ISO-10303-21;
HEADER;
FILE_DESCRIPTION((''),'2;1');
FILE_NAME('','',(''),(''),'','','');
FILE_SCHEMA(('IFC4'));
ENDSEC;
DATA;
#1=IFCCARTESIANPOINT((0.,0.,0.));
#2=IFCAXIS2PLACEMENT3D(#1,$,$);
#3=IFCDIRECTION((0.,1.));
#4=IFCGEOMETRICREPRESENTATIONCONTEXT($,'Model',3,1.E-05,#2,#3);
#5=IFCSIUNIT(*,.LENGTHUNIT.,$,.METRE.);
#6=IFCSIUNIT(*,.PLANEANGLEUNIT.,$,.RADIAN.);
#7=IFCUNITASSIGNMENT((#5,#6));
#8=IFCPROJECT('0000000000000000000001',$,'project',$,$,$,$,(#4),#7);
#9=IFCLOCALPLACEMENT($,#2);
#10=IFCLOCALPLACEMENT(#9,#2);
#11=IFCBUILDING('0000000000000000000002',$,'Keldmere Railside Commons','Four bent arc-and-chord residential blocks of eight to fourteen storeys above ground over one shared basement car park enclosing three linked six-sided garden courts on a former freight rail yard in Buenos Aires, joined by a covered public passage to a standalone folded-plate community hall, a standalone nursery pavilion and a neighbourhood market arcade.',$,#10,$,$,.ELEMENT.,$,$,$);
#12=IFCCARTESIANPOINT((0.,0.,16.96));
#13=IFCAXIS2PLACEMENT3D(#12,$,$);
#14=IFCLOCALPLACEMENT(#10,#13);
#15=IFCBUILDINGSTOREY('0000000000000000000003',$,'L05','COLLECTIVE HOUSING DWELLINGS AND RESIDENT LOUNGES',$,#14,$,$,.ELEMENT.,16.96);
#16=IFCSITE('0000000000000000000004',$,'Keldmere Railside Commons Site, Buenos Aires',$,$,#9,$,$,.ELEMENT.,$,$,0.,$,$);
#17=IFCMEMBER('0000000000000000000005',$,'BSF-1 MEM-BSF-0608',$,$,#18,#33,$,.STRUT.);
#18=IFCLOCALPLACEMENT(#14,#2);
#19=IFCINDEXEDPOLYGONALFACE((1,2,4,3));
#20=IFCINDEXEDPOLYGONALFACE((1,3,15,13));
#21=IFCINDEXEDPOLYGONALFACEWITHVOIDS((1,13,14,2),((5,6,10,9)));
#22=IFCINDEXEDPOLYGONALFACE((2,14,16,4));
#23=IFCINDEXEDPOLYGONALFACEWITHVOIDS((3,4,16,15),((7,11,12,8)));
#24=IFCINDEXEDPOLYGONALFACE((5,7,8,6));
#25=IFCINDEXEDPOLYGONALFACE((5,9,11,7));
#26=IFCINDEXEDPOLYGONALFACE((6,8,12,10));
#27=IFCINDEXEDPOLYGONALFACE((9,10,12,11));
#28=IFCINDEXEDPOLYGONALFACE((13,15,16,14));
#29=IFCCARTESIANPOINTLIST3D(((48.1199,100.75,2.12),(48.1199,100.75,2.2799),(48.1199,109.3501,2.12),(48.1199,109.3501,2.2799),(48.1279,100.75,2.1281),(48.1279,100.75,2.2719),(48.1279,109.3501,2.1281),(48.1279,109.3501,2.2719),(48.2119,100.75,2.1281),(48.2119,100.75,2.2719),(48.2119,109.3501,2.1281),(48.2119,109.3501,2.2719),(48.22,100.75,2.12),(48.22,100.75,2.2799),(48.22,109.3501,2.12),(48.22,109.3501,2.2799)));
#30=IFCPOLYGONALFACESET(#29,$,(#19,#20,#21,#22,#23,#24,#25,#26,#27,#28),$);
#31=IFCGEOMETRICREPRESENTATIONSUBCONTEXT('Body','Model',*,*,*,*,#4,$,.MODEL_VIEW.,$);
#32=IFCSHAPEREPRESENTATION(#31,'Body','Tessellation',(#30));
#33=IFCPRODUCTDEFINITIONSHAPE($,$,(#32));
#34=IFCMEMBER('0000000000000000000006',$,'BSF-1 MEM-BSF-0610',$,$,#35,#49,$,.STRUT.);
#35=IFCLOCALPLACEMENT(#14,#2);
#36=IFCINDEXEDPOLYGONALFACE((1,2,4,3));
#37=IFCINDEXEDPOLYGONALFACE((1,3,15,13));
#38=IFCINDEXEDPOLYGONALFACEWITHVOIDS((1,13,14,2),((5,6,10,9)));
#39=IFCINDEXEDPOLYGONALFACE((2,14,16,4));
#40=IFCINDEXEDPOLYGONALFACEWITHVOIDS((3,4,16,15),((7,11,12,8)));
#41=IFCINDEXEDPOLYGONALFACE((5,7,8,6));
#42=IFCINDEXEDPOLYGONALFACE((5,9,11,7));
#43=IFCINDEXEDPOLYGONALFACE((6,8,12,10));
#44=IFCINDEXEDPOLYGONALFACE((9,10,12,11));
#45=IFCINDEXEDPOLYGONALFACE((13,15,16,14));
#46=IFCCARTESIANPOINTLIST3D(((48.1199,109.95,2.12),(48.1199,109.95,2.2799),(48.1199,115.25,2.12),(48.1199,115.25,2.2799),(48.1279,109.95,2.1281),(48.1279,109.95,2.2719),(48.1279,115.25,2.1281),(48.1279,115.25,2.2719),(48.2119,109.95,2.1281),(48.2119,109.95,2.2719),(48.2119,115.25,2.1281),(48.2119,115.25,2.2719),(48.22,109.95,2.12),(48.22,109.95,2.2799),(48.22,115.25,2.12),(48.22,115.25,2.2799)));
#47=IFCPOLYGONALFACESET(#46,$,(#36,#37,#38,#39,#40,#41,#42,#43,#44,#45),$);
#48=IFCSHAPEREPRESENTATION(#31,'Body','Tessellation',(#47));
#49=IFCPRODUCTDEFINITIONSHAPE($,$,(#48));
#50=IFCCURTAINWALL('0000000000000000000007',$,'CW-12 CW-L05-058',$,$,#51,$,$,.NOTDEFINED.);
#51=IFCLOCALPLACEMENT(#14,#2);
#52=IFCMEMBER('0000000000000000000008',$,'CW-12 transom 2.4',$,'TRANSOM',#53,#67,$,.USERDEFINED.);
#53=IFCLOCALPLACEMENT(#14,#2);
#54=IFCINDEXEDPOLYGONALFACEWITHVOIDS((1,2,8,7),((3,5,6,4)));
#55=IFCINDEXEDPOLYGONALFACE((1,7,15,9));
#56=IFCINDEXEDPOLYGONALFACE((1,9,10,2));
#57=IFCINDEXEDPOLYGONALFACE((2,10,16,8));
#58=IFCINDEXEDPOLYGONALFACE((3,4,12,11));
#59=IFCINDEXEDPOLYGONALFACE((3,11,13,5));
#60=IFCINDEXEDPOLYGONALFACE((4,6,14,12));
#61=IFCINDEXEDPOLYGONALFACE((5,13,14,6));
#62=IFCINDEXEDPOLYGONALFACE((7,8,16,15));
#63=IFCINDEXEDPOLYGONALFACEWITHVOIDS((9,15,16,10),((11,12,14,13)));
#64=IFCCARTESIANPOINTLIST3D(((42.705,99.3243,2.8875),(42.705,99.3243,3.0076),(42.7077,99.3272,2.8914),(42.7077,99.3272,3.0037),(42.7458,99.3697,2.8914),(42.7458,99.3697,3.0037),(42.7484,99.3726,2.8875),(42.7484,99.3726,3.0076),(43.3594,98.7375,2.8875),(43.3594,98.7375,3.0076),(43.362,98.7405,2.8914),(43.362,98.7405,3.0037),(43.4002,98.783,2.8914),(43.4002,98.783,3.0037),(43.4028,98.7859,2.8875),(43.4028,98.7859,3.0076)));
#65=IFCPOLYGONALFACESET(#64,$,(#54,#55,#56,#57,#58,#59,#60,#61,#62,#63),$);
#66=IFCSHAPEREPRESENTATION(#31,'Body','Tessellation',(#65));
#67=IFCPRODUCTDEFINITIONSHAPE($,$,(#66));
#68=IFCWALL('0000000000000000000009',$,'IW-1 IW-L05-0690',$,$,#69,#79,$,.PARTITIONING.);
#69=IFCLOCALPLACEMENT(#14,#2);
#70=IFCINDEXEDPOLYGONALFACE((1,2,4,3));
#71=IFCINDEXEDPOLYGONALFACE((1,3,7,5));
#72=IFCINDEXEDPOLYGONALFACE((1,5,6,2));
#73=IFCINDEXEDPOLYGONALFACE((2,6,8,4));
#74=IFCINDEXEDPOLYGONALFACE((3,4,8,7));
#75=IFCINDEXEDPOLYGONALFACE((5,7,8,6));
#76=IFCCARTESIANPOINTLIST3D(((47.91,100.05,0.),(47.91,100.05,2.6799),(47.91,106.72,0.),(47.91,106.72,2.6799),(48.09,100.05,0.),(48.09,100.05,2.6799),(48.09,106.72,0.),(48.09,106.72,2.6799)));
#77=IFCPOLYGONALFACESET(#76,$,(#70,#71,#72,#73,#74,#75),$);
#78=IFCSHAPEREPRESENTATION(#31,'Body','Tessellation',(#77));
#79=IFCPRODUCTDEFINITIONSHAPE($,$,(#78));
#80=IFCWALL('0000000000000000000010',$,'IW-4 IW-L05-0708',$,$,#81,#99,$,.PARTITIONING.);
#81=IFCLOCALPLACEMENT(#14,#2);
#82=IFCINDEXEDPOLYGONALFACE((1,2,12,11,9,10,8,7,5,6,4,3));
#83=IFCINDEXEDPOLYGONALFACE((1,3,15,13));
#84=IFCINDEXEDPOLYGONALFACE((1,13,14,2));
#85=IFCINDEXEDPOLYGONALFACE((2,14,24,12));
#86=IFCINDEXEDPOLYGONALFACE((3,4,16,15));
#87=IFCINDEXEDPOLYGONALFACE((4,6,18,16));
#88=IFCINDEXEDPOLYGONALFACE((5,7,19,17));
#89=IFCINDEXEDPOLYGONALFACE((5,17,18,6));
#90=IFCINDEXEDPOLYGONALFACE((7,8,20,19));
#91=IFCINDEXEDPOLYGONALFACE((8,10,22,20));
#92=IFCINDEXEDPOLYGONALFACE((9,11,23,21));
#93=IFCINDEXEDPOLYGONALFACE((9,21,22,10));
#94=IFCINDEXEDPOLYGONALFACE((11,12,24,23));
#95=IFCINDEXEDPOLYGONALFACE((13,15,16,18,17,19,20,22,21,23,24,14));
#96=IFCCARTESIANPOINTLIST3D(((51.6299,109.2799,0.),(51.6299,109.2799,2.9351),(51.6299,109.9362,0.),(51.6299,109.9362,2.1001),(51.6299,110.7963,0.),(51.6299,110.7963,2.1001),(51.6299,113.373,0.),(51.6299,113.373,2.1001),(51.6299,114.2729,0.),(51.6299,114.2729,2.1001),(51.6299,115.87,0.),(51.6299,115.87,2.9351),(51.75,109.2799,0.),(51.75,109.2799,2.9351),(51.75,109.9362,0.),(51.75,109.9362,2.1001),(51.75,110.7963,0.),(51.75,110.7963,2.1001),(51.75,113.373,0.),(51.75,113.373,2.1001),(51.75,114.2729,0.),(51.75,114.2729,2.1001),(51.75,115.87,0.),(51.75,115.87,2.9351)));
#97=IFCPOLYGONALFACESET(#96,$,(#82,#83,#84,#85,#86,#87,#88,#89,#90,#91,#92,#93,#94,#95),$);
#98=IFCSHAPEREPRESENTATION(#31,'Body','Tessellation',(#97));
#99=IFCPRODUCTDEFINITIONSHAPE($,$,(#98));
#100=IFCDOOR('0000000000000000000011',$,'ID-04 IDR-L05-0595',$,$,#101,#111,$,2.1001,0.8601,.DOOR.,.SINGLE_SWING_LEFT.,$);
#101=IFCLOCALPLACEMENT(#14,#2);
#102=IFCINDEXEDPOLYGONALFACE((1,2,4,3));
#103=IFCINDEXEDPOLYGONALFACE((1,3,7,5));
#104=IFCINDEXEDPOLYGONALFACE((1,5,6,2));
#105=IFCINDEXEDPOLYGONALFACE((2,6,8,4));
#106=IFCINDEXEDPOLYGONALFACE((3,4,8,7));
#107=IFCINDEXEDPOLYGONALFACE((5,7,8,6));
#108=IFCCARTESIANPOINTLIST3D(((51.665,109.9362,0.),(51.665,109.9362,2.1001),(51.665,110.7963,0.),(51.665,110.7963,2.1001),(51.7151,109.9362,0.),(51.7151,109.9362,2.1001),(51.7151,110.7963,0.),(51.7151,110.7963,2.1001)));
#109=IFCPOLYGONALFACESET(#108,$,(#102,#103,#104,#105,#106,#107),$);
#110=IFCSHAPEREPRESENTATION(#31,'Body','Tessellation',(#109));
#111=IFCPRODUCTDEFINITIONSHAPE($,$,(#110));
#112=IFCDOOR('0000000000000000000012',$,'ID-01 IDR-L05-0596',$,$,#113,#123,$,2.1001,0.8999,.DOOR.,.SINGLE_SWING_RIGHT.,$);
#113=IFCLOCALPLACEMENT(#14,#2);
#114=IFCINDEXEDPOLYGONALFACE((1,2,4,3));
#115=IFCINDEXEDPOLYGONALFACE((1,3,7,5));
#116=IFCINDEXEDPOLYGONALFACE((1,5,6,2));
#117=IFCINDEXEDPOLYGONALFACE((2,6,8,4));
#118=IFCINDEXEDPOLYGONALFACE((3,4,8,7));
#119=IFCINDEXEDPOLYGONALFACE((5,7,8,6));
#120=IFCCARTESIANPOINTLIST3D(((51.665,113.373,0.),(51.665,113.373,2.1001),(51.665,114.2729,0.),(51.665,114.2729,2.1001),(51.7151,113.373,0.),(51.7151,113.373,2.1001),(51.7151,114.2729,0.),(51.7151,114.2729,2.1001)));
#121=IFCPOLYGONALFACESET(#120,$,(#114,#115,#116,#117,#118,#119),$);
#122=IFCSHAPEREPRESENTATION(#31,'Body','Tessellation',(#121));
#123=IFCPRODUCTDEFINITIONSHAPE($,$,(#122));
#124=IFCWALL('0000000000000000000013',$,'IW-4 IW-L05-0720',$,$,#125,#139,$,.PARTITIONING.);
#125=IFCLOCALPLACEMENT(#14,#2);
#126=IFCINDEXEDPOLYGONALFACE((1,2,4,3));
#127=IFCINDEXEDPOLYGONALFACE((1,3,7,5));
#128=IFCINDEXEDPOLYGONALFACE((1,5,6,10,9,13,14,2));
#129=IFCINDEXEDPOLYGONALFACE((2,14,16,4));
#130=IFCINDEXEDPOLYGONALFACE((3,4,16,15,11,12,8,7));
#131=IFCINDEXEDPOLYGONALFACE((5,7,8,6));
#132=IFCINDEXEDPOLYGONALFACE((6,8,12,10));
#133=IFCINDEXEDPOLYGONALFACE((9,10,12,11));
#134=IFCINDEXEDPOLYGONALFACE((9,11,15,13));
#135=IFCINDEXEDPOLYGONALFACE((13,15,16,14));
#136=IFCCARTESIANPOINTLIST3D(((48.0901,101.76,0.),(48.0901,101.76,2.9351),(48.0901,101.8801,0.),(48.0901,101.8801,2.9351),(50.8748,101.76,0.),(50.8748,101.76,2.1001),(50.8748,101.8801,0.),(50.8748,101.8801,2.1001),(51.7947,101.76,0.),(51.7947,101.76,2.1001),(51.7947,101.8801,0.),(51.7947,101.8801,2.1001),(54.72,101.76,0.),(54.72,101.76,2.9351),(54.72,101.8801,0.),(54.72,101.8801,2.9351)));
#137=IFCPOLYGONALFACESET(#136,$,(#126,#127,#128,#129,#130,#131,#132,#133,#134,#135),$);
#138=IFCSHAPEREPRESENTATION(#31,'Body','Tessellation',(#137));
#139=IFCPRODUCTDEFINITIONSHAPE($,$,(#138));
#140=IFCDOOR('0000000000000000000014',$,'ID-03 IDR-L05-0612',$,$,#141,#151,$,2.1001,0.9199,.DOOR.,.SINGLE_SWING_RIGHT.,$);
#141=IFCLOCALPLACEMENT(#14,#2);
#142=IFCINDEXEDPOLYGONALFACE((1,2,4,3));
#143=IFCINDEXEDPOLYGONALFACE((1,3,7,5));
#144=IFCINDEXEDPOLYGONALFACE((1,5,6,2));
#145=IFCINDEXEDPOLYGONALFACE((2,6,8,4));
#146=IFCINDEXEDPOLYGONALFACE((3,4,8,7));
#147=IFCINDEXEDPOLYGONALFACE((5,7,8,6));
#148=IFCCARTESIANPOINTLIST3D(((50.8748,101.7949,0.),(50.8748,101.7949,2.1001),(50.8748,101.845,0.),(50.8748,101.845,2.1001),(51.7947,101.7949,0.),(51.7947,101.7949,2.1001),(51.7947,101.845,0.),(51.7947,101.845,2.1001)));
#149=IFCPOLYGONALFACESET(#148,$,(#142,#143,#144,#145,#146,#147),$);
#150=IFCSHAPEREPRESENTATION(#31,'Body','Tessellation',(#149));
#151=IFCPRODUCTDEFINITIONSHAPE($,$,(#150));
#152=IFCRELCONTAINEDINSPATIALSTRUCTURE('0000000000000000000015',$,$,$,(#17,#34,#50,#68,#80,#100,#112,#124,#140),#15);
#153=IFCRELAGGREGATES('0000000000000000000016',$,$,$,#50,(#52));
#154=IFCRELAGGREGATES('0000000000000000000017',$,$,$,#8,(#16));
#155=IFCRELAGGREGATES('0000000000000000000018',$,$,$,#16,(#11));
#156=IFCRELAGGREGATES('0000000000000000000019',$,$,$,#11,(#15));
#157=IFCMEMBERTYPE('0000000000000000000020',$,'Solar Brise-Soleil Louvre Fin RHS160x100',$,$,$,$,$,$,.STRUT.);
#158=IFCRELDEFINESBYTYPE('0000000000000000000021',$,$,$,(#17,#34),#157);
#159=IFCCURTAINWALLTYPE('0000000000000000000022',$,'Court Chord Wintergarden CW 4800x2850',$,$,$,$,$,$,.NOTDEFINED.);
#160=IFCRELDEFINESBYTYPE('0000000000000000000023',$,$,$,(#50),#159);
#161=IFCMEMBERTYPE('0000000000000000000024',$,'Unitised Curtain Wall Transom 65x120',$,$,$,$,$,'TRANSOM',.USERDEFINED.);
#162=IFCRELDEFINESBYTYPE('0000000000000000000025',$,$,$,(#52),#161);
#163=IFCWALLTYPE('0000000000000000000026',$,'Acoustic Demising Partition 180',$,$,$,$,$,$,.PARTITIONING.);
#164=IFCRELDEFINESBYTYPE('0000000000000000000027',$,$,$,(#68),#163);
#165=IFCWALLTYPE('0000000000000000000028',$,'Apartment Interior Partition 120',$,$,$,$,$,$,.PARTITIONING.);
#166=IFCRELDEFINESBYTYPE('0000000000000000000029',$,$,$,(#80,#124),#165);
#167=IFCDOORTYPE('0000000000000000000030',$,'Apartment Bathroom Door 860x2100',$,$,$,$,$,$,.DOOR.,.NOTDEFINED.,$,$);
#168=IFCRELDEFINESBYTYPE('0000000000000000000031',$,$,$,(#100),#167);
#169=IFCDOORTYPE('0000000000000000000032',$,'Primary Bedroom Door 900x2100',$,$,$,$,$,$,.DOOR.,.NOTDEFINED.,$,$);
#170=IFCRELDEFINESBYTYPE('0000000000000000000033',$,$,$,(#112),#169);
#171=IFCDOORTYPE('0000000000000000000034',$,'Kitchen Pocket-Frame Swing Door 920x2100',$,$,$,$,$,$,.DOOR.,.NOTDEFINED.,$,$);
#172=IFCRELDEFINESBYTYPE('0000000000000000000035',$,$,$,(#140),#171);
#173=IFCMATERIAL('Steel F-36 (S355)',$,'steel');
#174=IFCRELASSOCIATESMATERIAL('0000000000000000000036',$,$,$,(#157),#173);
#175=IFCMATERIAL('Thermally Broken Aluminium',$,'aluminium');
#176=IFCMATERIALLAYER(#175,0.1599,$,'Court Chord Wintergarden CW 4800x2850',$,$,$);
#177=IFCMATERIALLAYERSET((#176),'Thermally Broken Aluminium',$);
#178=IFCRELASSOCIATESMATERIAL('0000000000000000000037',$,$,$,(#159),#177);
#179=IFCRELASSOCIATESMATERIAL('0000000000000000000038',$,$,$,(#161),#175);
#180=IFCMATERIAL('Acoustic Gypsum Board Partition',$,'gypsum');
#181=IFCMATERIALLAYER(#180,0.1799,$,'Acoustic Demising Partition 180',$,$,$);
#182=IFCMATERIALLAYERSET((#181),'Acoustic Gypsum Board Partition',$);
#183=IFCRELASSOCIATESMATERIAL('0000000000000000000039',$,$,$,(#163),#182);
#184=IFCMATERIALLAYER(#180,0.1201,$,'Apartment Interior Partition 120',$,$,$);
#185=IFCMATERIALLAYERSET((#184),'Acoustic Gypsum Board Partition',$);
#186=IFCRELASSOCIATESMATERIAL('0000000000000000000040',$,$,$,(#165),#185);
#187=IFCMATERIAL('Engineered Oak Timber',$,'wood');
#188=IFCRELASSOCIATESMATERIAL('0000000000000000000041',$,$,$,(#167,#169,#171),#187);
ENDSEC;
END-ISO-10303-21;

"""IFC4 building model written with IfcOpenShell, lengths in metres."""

from ifc_helpers import new_model, si_unit, direction, frame, frame_2d, origin, origin_2d, place, context, subcontext, project, spatial, rectangle, hollow_rectangle, extrude, material, layer, layer_set, material_profile, profile_set, type_object, element, fill, aggregate, save


model = new_model("IFC4")

# Units and contexts
model_context = context("Model", 3, precision=1e-05, world=origin(), true_north=direction((0.0, 1.0)))
body_context = subcontext(model_context, "Body", "Model", "MODEL_VIEW")
ifc_project = project(units=[si_unit("LENGTHUNIT", "METRE"), si_unit("PLANEANGLEUNIT", "RADIAN")], contexts=[model_context])

# Site, building, storey
site_placement = place(None, origin())
site = spatial("IfcSite", under=ifc_project, at=site_placement, Name="Keldmere Railside Commons Site, Buenos Aires", CompositionType="ELEMENT", RefElevation=0.0)
building_placement = place(site_placement, origin())
building = spatial("IfcBuilding", under=site, at=building_placement, Name="Keldmere Railside Commons", Description="Four bent arc-and-chord residential blocks of eight to fourteen storeys above ground over one shared basement car park enclosing three linked six-sided garden courts on a former freight rail yard in Buenos Aires, joined by a covered public passage to a standalone folded-plate community hall, a standalone nursery pavilion and a neighbourhood market arcade.", CompositionType="ELEMENT")
storey_placement = place(building_placement, frame((0.0, 0.0, 16.96)))
storey = spatial("IfcBuildingStorey", under=building, at=storey_placement, Name="L05", Description="COLLECTIVE HOUSING DWELLINGS AND RESIDENT LOUNGES", CompositionType="ELEMENT", Elevation=16.96)

# Shared definitions
ifc_material_1 = material(Name="Steel F-36 (S355)", Category="steel")

# Members
ifc_material_profile_1 = material_profile(ifc_material_1, hollow_rectangle(XDim=0.1001, YDim=0.1599, WallThickness=0.0081, at=origin_2d()), Name="RHS-160x100x8")
ifc_profile_set_1 = profile_set([ifc_material_profile_1], Name="Steel F-36 (S355)")
member_type_1 = type_object("IfcMemberType", Name="Solar Brise-Soleil Louvre Fin RHS160x100", PredefinedType="STRUT", material=ifc_profile_set_1)
member_1_placement = place(storey_placement, frame((48.1699, 100.75, 2.2), z_axis=(0.0, 1.0, 0.0), x_axis=(-1.0, 0.0, 0.0)))
element("IfcMember", 1, at=member_1_placement, inside=storey, type_object=member_type_1, Name="BSF-1 MEM-BSF-0608", PredefinedType="STRUT", context=body_context, shape_type="SweptSolid", body=[
    extrude(hollow_rectangle(XDim=0.1001, YDim=0.1599, WallThickness=0.0081, at=origin_2d()), origin(), (0.0, 0.0, 1.0), 8.6001),
])
member_2_placement = place(storey_placement, frame((48.1699, 109.95, 2.2), z_axis=(0.0, 1.0, 0.0), x_axis=(-1.0, 0.0, 0.0)))
element("IfcMember", 2, at=member_2_placement, inside=storey, type_object=member_type_1, Name="BSF-1 MEM-BSF-0610", PredefinedType="STRUT", context=body_context, shape_type="SweptSolid", body=[
    extrude(hollow_rectangle(XDim=0.1001, YDim=0.1599, WallThickness=0.0081, at=origin_2d()), origin(), (0.0, 0.0, 1.0), 5.3),
])

# Curtain wall, member
ifc_material_2 = material(Name="Thermally Broken Aluminium", Category="aluminium")
ifc_layer_1 = layer(ifc_material_2, 0.1599, Name="Court Chord Wintergarden CW 4800x2850")
ifc_layer_set_1 = layer_set([ifc_layer_1], Name="Thermally Broken Aluminium")
curtain_wall_type = type_object("IfcCurtainWallType", Name="Court Chord Wintergarden CW 4800x2850", PredefinedType="NOTDEFINED", material=ifc_layer_set_1)
curtain_wall_placement = place(storey_placement, origin())
curtain_wall = element("IfcCurtainWall", 3, at=curtain_wall_placement, inside=storey, type_object=curtain_wall_type, Name="CW-12 CW-L05-058", PredefinedType="NOTDEFINED")
ifc_material_profile_2 = material_profile(ifc_material_2, hollow_rectangle(XDim=0.0649, YDim=0.1201, WallThickness=0.0039, at=origin_2d()), Name="ALU-TRAN-65x120")
ifc_profile_set_2 = profile_set([ifc_material_profile_2], Name="Thermally Broken Aluminium")
member_type_2 = type_object("IfcMemberType", Name="Unitised Curtain Wall Transom 65x120", ElementType="TRANSOM", PredefinedType="USERDEFINED", material=ifc_profile_set_2)
member_3_placement = place(storey_placement, frame((43.3811, 98.7617, 2.9475), z_axis=(-0.744536, 0.667582, 0.0), x_axis=(-0.667582, -0.744536, 0.0)))
member_3 = element("IfcMember", 4, at=member_3_placement, type_object=member_type_2, Name="CW-12 transom 2.4", ObjectType="TRANSOM", PredefinedType="USERDEFINED", context=body_context, shape_type="SweptSolid", body=[
    extrude(hollow_rectangle(XDim=0.0649, YDim=0.1201, WallThickness=0.0039, at=origin_2d()), origin(), (0.0, 0.0, 1.0), 0.8789),
])
aggregate(curtain_wall, [member_3])

# Wall
ifc_material_3 = material(Name="Acoustic Gypsum Board Partition", Category="gypsum")
ifc_layer_2 = layer(ifc_material_3, 0.1799, Name="Acoustic Demising Partition 180")
ifc_layer_set_2 = layer_set([ifc_layer_2], Name="Acoustic Gypsum Board Partition")
wall_type_1 = type_object("IfcWallType", Name="Acoustic Demising Partition 180", PredefinedType="PARTITIONING", material=ifc_layer_set_2)
wall_1_placement = place(storey_placement, frame((48.0, 100.05, 0.0), z_axis=(0.0, 0.0, 1.0), x_axis=(0.0, 1.0, 0.0)))
element("IfcWall", 5, at=wall_1_placement, inside=storey, type_object=wall_type_1, Name="IW-1 IW-L05-0690", PredefinedType="PARTITIONING", context=body_context, shape_type="SweptSolid", body=[
    extrude(rectangle(XDim=6.6699, YDim=0.1799, at=frame_2d((3.335, 0.0))), origin(), (0.0, 0.0, 1.0), 2.6799),
])

# Wall, openings, doors
ifc_layer_3 = layer(ifc_material_3, 0.1201, Name="Apartment Interior Partition 120")
ifc_layer_set_3 = layer_set([ifc_layer_3], Name="Acoustic Gypsum Board Partition")
wall_type_2 = type_object("IfcWallType", Name="Apartment Interior Partition 120", PredefinedType="PARTITIONING", material=ifc_layer_set_3)
wall_2_placement = place(storey_placement, frame((51.6899, 109.28, 0.0), z_axis=(0.0, 0.0, 1.0), x_axis=(0.0, 1.0, 0.0)))
wall_2 = element("IfcWall", 6, at=wall_2_placement, inside=storey, type_object=wall_type_2, Name="IW-4 IW-L05-0708", PredefinedType="PARTITIONING", context=body_context, shape_type="SweptSolid", body=[
    extrude(rectangle(XDim=6.5901, YDim=0.1201, at=frame_2d((3.2949, 0.0))), origin(), (0.0, 0.0, 1.0), 2.9351),
])
opening_1_placement = place(wall_2_placement, frame((0.656, 0.0, 0.0)))
opening_1 = element("IfcOpeningElement", 7, at=opening_1_placement, cuts=wall_2, PredefinedType="OPENING", context=body_context, shape_type="SweptSolid", body=[
    extrude(rectangle(XDim=0.8601, YDim=2.1001, at=frame_2d((0.4302, 1.05))), frame((0.0, 0.0701, 0.0), z_axis=(0.0, -1.0, 0.0), x_axis=(1.0, 0.0, 0.0)), (0.0, 0.0, 1.0), 0.1401),
])
opening_2_placement = place(wall_2_placement, frame((4.093, 0.0, 0.0)))
opening_2 = element("IfcOpeningElement", 8, at=opening_2_placement, cuts=wall_2, PredefinedType="OPENING", context=body_context, shape_type="SweptSolid", body=[
    extrude(rectangle(XDim=0.8999, YDim=2.1001, at=frame_2d((0.45, 1.05))), frame((0.0, 0.0701, 0.0), z_axis=(0.0, -1.0, 0.0), x_axis=(1.0, 0.0, 0.0)), (0.0, 0.0, 1.0), 0.1401),
])
ifc_material_4 = material(Name="Engineered Oak Timber", Category="wood")
door_type_1 = type_object("IfcDoorType", Name="Apartment Bathroom Door 860x2100", OperationType="NOTDEFINED", PredefinedType="DOOR", material=ifc_material_4)
door_1_placement = place(opening_1_placement, origin())
door_1 = element("IfcDoor", 9, at=door_1_placement, inside=storey, type_object=door_type_1, Name="ID-04 IDR-L05-0595", OperationType="SINGLE_SWING_LEFT", OverallHeight=2.1001, OverallWidth=0.8601, PredefinedType="DOOR", context=body_context, shape_type="SweptSolid", body=[
    extrude(rectangle(XDim=0.8601, YDim=2.1001, at=frame_2d((0.4302, 1.05))), frame((0.0, 0.0249, 0.0), z_axis=(0.0, -1.0, 0.0), x_axis=(1.0, 0.0, 0.0)), (0.0, 0.0, 1.0), 0.05),
])
fill(opening_1, door_1)
door_type_2 = type_object("IfcDoorType", Name="Primary Bedroom Door 900x2100", OperationType="NOTDEFINED", PredefinedType="DOOR", material=ifc_material_4)
door_2_placement = place(opening_2_placement, origin())
door_2 = element("IfcDoor", 10, at=door_2_placement, inside=storey, type_object=door_type_2, Name="ID-01 IDR-L05-0596", OperationType="SINGLE_SWING_RIGHT", OverallHeight=2.1001, OverallWidth=0.8999, PredefinedType="DOOR", context=body_context, shape_type="SweptSolid", body=[
    extrude(rectangle(XDim=0.8999, YDim=2.1001, at=frame_2d((0.45, 1.05))), frame((0.0, 0.0249, 0.0), z_axis=(0.0, -1.0, 0.0), x_axis=(1.0, 0.0, 0.0)), (0.0, 0.0, 1.0), 0.05),
])
fill(opening_2, door_2)

# Wall, opening, door
wall_3_placement = place(storey_placement, frame((48.0901, 101.8201, 0.0), z_axis=(0.0, 0.0, 1.0), x_axis=(1.0, 0.0, 0.0)))
wall_3 = element("IfcWall", 11, at=wall_3_placement, inside=storey, type_object=wall_type_2, Name="IW-4 IW-L05-0720", PredefinedType="PARTITIONING", context=body_context, shape_type="SweptSolid", body=[
    extrude(rectangle(XDim=6.6299, YDim=0.1201, at=frame_2d((3.3149, 0.0))), origin(), (0.0, 0.0, 1.0), 2.9351),
])
opening_3_placement = place(wall_3_placement, frame((2.7847, 0.0, 0.0)))
opening_3 = element("IfcOpeningElement", 12, at=opening_3_placement, cuts=wall_3, PredefinedType="OPENING", context=body_context, shape_type="SweptSolid", body=[
    extrude(rectangle(XDim=0.9199, YDim=2.1001, at=frame_2d((0.46, 1.05))), frame((0.0, 0.0701, 0.0), z_axis=(0.0, -1.0, 0.0), x_axis=(1.0, 0.0, 0.0)), (0.0, 0.0, 1.0), 0.1401),
])
door_type_3 = type_object("IfcDoorType", Name="Kitchen Pocket-Frame Swing Door 920x2100", OperationType="NOTDEFINED", PredefinedType="DOOR", material=ifc_material_4)
door_3_placement = place(opening_3_placement, origin())
door_3 = element("IfcDoor", 13, at=door_3_placement, inside=storey, type_object=door_type_3, Name="ID-03 IDR-L05-0612", OperationType="SINGLE_SWING_RIGHT", OverallHeight=2.1001, OverallWidth=0.9199, PredefinedType="DOOR", context=body_context, shape_type="SweptSolid", body=[
    extrude(rectangle(XDim=0.9199, YDim=2.1001, at=frame_2d((0.46, 1.05))), frame((0.0, 0.0249, 0.0), z_axis=(0.0, -1.0, 0.0), x_axis=(1.0, 0.0, 0.0)), (0.0, 0.0, 1.0), 0.05),
])
fill(opening_3, door_3)

save(model, "model.ifc")
